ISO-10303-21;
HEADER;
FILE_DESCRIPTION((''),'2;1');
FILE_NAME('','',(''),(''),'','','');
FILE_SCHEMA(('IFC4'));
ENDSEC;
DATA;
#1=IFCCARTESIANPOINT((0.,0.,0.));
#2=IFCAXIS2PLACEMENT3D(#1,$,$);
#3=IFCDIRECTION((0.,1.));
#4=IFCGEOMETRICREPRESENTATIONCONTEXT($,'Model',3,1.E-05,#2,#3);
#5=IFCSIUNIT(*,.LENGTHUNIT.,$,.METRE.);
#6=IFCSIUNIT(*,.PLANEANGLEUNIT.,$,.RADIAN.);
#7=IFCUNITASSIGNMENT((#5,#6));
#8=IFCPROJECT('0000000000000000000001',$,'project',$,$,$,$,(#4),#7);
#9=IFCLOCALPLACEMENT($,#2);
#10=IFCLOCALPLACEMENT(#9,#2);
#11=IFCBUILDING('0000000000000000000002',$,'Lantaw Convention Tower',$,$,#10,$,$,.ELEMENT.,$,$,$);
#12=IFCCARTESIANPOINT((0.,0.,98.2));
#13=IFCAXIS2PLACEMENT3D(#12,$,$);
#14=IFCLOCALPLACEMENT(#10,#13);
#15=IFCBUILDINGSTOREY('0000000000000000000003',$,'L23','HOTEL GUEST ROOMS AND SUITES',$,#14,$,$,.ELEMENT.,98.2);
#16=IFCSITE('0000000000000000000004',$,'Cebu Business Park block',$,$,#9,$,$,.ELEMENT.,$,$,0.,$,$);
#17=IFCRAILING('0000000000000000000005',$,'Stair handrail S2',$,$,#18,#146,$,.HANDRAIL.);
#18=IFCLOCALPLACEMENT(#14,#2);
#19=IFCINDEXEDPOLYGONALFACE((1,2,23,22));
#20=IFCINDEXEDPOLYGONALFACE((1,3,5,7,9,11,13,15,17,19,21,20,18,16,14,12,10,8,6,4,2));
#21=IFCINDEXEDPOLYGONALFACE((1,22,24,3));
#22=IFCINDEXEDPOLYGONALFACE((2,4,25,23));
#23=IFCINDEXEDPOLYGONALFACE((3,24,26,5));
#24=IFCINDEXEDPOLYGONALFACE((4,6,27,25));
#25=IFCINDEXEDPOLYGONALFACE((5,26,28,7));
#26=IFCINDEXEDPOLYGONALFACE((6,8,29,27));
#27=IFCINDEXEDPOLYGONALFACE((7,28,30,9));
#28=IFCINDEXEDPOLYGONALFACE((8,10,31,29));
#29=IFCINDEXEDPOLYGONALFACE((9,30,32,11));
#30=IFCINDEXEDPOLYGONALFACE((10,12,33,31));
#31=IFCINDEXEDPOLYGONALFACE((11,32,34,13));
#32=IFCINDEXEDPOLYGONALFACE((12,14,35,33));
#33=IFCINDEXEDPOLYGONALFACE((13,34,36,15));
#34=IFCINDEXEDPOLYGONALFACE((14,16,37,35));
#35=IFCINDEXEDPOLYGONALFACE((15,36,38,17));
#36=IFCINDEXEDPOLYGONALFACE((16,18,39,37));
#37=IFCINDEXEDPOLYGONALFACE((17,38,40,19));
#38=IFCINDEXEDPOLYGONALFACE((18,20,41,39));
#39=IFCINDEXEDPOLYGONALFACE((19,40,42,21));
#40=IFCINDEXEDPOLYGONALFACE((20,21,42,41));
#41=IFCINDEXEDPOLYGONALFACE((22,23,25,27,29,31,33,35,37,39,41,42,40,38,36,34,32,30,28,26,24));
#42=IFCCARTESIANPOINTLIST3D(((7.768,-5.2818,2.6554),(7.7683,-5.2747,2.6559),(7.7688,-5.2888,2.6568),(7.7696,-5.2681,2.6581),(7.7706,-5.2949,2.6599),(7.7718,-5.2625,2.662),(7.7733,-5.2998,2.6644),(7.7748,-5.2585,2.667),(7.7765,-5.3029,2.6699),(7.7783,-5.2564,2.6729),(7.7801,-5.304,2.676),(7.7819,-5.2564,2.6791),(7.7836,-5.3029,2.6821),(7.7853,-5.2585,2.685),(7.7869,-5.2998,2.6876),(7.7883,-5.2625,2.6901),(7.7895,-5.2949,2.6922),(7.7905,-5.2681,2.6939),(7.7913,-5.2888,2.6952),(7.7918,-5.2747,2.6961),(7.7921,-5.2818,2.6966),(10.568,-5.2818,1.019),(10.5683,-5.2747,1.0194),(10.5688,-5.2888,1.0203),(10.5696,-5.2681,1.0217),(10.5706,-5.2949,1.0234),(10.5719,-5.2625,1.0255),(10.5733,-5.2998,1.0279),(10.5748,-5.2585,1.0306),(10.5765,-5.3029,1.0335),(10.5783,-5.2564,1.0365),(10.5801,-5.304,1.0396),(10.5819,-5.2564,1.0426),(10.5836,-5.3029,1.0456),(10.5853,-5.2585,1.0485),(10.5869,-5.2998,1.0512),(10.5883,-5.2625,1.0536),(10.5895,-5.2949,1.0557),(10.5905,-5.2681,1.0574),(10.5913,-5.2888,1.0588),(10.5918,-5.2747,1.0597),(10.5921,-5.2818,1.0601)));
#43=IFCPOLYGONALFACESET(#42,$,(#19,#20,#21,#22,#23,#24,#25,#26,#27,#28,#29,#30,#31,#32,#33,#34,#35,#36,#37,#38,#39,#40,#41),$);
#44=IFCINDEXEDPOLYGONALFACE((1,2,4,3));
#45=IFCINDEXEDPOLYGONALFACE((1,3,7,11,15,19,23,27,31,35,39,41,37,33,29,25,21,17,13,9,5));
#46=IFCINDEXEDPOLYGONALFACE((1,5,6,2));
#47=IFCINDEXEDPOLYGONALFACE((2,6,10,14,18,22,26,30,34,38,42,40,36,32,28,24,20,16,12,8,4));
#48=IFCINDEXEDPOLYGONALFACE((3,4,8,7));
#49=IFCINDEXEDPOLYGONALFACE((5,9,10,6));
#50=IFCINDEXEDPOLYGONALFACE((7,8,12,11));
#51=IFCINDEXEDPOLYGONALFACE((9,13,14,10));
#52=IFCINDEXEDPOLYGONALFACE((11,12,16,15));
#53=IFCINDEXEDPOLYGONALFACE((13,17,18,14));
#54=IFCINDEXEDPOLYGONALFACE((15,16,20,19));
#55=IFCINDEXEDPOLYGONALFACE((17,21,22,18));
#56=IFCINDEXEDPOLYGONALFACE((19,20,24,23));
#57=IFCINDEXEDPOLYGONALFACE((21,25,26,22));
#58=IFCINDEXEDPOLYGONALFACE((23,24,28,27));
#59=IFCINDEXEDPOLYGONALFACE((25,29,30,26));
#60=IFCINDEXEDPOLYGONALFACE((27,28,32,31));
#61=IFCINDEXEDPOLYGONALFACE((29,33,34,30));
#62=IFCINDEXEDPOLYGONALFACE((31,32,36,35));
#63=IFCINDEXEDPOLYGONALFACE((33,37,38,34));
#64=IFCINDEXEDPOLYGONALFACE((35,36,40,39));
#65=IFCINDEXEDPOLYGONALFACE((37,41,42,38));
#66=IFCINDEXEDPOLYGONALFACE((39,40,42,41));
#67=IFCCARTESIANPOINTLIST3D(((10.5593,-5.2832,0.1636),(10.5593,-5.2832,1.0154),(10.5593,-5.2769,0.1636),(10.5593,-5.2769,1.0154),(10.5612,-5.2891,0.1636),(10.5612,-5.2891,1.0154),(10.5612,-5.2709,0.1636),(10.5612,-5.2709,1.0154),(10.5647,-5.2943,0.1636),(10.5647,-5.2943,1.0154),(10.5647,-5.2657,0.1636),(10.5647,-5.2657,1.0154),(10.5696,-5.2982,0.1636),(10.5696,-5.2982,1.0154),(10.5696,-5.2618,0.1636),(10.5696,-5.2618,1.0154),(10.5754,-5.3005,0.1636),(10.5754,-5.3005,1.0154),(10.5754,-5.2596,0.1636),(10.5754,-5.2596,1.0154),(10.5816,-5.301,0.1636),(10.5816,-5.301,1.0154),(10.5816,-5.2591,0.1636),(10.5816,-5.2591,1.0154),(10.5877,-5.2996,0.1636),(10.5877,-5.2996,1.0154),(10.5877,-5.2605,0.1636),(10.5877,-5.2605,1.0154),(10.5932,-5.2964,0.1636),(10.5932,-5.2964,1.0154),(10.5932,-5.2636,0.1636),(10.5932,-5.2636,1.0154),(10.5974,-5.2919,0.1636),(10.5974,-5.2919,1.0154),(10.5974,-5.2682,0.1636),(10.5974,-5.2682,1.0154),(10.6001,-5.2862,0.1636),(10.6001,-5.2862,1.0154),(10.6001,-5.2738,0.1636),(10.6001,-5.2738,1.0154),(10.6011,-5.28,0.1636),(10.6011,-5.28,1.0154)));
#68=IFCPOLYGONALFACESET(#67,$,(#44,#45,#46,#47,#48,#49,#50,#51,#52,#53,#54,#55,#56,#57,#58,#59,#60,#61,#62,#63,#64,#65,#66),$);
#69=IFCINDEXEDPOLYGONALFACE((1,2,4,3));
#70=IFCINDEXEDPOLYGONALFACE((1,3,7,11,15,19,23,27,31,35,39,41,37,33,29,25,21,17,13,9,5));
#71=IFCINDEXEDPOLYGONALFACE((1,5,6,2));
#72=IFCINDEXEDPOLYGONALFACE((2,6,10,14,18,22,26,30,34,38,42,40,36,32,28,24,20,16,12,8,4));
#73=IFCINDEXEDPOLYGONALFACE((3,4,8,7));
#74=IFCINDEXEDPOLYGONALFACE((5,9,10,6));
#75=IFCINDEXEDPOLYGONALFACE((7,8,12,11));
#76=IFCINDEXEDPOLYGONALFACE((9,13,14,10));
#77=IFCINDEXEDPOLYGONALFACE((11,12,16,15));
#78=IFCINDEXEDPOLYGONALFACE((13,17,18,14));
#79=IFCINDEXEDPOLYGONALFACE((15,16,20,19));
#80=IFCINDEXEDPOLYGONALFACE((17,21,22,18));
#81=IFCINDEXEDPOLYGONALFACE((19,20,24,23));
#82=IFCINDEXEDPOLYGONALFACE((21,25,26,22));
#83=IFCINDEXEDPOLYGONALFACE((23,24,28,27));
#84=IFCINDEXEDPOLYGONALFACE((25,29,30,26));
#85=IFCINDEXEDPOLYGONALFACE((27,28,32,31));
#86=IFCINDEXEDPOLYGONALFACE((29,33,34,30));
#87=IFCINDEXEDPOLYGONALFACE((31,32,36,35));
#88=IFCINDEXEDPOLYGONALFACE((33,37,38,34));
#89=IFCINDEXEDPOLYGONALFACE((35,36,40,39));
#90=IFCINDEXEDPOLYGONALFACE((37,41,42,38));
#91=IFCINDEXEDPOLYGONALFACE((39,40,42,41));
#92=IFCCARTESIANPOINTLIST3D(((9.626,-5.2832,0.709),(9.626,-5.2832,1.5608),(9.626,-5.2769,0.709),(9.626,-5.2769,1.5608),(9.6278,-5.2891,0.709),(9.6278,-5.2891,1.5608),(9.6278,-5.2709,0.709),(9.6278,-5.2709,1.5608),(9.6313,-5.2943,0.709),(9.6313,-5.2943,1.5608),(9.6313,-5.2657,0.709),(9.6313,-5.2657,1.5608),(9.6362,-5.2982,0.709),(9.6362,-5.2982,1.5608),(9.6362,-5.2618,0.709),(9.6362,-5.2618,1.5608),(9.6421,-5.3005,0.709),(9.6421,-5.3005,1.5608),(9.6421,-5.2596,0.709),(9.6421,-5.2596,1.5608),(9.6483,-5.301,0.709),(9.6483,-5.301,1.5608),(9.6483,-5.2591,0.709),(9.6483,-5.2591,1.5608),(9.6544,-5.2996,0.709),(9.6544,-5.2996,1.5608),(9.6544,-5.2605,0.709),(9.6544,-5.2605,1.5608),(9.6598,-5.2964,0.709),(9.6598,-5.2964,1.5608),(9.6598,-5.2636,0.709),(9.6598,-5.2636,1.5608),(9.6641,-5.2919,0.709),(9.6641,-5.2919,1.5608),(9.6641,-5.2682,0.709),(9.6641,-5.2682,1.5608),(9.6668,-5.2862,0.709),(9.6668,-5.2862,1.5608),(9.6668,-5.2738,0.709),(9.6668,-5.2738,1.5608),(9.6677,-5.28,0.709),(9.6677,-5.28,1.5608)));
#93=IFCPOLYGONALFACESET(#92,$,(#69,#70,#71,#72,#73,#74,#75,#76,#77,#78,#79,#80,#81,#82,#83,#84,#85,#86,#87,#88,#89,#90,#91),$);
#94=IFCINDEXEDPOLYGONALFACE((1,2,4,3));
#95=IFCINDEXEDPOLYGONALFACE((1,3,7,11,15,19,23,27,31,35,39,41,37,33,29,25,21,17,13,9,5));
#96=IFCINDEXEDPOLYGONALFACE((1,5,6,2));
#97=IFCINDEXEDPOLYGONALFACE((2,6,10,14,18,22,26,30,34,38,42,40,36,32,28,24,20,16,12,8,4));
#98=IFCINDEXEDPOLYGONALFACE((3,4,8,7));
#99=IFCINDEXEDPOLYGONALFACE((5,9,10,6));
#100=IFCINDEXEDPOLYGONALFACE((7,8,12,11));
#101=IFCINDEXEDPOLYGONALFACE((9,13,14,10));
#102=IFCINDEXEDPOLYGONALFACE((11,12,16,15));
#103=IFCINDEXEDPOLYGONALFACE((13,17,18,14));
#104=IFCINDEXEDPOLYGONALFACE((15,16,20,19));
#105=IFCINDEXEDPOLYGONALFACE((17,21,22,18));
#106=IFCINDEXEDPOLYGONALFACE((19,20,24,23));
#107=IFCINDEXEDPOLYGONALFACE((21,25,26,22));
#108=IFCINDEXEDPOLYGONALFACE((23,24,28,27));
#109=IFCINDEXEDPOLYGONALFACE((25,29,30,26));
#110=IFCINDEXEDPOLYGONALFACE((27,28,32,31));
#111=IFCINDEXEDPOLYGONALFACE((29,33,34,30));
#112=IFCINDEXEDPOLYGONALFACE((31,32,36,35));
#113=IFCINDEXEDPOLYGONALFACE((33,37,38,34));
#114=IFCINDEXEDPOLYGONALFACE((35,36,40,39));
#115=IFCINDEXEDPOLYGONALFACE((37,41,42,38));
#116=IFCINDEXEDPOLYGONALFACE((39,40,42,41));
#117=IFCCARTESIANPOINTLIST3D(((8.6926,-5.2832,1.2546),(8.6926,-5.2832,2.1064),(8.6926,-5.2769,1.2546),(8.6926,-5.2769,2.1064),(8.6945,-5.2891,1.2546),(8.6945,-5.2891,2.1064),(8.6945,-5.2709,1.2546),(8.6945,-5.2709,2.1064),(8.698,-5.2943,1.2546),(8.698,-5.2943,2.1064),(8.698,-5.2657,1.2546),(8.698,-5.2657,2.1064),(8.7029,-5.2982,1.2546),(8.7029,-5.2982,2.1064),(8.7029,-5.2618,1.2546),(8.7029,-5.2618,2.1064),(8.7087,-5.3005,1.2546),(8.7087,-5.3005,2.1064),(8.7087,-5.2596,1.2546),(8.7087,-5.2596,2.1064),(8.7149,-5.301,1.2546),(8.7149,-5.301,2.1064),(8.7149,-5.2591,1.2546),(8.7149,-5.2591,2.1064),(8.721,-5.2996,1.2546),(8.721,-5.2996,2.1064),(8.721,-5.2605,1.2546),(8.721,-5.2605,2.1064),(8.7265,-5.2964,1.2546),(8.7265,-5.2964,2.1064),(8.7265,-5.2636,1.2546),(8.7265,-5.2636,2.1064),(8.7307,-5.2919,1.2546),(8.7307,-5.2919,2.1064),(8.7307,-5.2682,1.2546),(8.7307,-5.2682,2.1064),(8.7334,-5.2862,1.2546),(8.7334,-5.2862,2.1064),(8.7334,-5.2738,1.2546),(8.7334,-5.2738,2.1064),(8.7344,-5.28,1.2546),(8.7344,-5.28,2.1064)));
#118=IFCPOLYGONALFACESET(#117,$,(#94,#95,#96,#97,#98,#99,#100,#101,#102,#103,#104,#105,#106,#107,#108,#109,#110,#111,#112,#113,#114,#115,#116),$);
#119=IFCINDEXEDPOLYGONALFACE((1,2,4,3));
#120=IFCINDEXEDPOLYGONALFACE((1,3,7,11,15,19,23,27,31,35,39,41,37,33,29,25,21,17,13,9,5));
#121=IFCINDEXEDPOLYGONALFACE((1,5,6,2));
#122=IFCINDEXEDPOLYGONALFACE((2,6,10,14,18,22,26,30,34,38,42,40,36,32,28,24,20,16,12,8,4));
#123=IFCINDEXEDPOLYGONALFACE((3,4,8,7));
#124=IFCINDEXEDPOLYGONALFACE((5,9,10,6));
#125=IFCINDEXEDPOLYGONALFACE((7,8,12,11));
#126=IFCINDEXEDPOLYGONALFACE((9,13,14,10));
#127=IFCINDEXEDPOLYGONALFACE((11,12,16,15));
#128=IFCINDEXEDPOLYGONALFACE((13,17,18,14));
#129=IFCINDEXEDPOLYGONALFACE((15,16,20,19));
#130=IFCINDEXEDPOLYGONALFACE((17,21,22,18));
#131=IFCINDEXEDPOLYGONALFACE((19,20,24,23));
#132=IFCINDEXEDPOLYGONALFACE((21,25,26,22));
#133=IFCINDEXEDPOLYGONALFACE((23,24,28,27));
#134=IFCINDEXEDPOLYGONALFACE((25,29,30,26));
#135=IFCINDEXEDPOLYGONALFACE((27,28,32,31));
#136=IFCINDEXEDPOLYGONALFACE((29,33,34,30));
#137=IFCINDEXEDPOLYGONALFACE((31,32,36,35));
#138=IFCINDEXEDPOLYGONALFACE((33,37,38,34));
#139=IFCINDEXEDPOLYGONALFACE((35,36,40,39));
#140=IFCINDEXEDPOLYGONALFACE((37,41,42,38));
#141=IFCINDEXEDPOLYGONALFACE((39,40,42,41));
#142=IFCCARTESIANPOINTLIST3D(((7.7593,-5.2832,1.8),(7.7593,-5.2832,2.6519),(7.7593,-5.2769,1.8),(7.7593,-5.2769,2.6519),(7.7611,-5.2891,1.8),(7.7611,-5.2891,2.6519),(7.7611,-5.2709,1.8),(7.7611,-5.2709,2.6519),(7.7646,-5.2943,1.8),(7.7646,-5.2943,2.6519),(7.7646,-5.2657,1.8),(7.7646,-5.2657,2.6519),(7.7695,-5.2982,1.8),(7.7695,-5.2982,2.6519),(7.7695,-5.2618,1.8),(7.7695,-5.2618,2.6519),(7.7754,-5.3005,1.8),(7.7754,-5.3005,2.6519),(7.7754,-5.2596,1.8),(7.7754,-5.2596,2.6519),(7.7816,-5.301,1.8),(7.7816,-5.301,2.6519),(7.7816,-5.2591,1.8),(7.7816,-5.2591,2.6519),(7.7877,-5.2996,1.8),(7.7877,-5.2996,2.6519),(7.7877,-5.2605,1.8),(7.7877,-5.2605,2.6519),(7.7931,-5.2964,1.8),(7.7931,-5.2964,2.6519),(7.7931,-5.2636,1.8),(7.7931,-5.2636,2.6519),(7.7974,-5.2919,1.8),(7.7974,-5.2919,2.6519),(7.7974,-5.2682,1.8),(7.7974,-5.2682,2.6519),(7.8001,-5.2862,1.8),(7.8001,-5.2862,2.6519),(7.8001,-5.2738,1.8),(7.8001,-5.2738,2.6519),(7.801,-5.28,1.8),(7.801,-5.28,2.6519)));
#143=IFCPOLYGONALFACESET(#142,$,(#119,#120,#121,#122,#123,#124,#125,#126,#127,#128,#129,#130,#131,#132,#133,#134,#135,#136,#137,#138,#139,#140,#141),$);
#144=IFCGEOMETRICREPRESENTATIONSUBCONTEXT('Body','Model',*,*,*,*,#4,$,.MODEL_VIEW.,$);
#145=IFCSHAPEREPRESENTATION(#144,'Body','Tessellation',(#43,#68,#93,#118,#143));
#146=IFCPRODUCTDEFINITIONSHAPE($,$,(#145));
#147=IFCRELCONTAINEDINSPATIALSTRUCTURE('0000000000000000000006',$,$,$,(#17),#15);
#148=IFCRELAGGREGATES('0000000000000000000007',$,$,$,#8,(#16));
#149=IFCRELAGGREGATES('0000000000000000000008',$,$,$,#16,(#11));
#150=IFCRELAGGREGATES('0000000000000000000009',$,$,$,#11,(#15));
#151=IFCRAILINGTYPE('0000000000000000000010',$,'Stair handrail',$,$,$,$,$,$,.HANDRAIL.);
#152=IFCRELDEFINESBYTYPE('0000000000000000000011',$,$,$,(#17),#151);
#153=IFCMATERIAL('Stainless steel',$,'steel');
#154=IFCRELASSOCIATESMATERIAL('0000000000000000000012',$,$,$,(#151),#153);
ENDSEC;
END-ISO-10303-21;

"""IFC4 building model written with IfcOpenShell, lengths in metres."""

from ifc_helpers import new_model, si_unit, direction, frame, origin, origin_2d, place, context, subcontext, project, spatial, circle, extrude, material, type_object, element, save


model = new_model("IFC4")

# Units and contexts
model_context = context("Model", 3, precision=1e-05, world=origin(), true_north=direction((0.0, 1.0)))
body_context = subcontext(model_context, "Body", "Model", "MODEL_VIEW")
ifc_project = project(units=[si_unit("LENGTHUNIT", "METRE"), si_unit("PLANEANGLEUNIT", "RADIAN")], contexts=[model_context])

# Site, building, storey
site_placement = place(None, origin())
site = spatial("IfcSite", under=ifc_project, at=site_placement, Name="Cebu Business Park block", CompositionType="ELEMENT", RefElevation=0.0)
building_placement = place(site_placement, origin())
building = spatial("IfcBuilding", under=site, at=building_placement, Name="Lantaw Convention Tower", CompositionType="ELEMENT")
storey_placement = place(building_placement, frame((0.0, 0.0, 98.2)))
storey = spatial("IfcBuildingStorey", under=building, at=storey_placement, Name="L23", Description="HOTEL GUEST ROOMS AND SUITES", CompositionType="ELEMENT", Elevation=98.2)

# Railing
ifc_material_1 = material(Name="Stainless steel", Category="steel")
railing_type = type_object("IfcRailingType", Name="Stair handrail", PredefinedType="HANDRAIL", material=ifc_material_1)
railing_1_placement = place(storey_placement, frame((10.5801, -5.28, 0.1636)))
element("IfcRailing", 1, at=railing_1_placement, inside=storey, type_object=railing_type, Name="Stair handrail S2", PredefinedType="HANDRAIL", context=body_context, shape_type="SweptSolid", body=[
    extrude(circle(Radius=0.0239, at=origin_2d()), frame((0.0, 0.0, 0.876), z_axis=(-0.863361, 0.0, 0.504587), x_axis=(0.0, -1.0, 0.0)), (0.0, 0.0, 1.0), 3.2432),
    extrude(circle(Radius=0.021, at=origin_2d()), origin(), (0.0, 0.0, 1.0), 0.8518),
    extrude(circle(Radius=0.021, at=origin_2d()), frame((-0.9333, 0.0, 0.5454)), (0.0, 0.0, 1.0), 0.8518),
    extrude(circle(Radius=0.021, at=origin_2d()), frame((-1.8667, 0.0, 1.0911)), (0.0, 0.0, 1.0), 0.8518),
    extrude(circle(Radius=0.021, at=origin_2d()), frame((-2.8, 0.0, 1.6365)), (0.0, 0.0, 1.0), 0.8518),
])

save(model, "model.ifc")
